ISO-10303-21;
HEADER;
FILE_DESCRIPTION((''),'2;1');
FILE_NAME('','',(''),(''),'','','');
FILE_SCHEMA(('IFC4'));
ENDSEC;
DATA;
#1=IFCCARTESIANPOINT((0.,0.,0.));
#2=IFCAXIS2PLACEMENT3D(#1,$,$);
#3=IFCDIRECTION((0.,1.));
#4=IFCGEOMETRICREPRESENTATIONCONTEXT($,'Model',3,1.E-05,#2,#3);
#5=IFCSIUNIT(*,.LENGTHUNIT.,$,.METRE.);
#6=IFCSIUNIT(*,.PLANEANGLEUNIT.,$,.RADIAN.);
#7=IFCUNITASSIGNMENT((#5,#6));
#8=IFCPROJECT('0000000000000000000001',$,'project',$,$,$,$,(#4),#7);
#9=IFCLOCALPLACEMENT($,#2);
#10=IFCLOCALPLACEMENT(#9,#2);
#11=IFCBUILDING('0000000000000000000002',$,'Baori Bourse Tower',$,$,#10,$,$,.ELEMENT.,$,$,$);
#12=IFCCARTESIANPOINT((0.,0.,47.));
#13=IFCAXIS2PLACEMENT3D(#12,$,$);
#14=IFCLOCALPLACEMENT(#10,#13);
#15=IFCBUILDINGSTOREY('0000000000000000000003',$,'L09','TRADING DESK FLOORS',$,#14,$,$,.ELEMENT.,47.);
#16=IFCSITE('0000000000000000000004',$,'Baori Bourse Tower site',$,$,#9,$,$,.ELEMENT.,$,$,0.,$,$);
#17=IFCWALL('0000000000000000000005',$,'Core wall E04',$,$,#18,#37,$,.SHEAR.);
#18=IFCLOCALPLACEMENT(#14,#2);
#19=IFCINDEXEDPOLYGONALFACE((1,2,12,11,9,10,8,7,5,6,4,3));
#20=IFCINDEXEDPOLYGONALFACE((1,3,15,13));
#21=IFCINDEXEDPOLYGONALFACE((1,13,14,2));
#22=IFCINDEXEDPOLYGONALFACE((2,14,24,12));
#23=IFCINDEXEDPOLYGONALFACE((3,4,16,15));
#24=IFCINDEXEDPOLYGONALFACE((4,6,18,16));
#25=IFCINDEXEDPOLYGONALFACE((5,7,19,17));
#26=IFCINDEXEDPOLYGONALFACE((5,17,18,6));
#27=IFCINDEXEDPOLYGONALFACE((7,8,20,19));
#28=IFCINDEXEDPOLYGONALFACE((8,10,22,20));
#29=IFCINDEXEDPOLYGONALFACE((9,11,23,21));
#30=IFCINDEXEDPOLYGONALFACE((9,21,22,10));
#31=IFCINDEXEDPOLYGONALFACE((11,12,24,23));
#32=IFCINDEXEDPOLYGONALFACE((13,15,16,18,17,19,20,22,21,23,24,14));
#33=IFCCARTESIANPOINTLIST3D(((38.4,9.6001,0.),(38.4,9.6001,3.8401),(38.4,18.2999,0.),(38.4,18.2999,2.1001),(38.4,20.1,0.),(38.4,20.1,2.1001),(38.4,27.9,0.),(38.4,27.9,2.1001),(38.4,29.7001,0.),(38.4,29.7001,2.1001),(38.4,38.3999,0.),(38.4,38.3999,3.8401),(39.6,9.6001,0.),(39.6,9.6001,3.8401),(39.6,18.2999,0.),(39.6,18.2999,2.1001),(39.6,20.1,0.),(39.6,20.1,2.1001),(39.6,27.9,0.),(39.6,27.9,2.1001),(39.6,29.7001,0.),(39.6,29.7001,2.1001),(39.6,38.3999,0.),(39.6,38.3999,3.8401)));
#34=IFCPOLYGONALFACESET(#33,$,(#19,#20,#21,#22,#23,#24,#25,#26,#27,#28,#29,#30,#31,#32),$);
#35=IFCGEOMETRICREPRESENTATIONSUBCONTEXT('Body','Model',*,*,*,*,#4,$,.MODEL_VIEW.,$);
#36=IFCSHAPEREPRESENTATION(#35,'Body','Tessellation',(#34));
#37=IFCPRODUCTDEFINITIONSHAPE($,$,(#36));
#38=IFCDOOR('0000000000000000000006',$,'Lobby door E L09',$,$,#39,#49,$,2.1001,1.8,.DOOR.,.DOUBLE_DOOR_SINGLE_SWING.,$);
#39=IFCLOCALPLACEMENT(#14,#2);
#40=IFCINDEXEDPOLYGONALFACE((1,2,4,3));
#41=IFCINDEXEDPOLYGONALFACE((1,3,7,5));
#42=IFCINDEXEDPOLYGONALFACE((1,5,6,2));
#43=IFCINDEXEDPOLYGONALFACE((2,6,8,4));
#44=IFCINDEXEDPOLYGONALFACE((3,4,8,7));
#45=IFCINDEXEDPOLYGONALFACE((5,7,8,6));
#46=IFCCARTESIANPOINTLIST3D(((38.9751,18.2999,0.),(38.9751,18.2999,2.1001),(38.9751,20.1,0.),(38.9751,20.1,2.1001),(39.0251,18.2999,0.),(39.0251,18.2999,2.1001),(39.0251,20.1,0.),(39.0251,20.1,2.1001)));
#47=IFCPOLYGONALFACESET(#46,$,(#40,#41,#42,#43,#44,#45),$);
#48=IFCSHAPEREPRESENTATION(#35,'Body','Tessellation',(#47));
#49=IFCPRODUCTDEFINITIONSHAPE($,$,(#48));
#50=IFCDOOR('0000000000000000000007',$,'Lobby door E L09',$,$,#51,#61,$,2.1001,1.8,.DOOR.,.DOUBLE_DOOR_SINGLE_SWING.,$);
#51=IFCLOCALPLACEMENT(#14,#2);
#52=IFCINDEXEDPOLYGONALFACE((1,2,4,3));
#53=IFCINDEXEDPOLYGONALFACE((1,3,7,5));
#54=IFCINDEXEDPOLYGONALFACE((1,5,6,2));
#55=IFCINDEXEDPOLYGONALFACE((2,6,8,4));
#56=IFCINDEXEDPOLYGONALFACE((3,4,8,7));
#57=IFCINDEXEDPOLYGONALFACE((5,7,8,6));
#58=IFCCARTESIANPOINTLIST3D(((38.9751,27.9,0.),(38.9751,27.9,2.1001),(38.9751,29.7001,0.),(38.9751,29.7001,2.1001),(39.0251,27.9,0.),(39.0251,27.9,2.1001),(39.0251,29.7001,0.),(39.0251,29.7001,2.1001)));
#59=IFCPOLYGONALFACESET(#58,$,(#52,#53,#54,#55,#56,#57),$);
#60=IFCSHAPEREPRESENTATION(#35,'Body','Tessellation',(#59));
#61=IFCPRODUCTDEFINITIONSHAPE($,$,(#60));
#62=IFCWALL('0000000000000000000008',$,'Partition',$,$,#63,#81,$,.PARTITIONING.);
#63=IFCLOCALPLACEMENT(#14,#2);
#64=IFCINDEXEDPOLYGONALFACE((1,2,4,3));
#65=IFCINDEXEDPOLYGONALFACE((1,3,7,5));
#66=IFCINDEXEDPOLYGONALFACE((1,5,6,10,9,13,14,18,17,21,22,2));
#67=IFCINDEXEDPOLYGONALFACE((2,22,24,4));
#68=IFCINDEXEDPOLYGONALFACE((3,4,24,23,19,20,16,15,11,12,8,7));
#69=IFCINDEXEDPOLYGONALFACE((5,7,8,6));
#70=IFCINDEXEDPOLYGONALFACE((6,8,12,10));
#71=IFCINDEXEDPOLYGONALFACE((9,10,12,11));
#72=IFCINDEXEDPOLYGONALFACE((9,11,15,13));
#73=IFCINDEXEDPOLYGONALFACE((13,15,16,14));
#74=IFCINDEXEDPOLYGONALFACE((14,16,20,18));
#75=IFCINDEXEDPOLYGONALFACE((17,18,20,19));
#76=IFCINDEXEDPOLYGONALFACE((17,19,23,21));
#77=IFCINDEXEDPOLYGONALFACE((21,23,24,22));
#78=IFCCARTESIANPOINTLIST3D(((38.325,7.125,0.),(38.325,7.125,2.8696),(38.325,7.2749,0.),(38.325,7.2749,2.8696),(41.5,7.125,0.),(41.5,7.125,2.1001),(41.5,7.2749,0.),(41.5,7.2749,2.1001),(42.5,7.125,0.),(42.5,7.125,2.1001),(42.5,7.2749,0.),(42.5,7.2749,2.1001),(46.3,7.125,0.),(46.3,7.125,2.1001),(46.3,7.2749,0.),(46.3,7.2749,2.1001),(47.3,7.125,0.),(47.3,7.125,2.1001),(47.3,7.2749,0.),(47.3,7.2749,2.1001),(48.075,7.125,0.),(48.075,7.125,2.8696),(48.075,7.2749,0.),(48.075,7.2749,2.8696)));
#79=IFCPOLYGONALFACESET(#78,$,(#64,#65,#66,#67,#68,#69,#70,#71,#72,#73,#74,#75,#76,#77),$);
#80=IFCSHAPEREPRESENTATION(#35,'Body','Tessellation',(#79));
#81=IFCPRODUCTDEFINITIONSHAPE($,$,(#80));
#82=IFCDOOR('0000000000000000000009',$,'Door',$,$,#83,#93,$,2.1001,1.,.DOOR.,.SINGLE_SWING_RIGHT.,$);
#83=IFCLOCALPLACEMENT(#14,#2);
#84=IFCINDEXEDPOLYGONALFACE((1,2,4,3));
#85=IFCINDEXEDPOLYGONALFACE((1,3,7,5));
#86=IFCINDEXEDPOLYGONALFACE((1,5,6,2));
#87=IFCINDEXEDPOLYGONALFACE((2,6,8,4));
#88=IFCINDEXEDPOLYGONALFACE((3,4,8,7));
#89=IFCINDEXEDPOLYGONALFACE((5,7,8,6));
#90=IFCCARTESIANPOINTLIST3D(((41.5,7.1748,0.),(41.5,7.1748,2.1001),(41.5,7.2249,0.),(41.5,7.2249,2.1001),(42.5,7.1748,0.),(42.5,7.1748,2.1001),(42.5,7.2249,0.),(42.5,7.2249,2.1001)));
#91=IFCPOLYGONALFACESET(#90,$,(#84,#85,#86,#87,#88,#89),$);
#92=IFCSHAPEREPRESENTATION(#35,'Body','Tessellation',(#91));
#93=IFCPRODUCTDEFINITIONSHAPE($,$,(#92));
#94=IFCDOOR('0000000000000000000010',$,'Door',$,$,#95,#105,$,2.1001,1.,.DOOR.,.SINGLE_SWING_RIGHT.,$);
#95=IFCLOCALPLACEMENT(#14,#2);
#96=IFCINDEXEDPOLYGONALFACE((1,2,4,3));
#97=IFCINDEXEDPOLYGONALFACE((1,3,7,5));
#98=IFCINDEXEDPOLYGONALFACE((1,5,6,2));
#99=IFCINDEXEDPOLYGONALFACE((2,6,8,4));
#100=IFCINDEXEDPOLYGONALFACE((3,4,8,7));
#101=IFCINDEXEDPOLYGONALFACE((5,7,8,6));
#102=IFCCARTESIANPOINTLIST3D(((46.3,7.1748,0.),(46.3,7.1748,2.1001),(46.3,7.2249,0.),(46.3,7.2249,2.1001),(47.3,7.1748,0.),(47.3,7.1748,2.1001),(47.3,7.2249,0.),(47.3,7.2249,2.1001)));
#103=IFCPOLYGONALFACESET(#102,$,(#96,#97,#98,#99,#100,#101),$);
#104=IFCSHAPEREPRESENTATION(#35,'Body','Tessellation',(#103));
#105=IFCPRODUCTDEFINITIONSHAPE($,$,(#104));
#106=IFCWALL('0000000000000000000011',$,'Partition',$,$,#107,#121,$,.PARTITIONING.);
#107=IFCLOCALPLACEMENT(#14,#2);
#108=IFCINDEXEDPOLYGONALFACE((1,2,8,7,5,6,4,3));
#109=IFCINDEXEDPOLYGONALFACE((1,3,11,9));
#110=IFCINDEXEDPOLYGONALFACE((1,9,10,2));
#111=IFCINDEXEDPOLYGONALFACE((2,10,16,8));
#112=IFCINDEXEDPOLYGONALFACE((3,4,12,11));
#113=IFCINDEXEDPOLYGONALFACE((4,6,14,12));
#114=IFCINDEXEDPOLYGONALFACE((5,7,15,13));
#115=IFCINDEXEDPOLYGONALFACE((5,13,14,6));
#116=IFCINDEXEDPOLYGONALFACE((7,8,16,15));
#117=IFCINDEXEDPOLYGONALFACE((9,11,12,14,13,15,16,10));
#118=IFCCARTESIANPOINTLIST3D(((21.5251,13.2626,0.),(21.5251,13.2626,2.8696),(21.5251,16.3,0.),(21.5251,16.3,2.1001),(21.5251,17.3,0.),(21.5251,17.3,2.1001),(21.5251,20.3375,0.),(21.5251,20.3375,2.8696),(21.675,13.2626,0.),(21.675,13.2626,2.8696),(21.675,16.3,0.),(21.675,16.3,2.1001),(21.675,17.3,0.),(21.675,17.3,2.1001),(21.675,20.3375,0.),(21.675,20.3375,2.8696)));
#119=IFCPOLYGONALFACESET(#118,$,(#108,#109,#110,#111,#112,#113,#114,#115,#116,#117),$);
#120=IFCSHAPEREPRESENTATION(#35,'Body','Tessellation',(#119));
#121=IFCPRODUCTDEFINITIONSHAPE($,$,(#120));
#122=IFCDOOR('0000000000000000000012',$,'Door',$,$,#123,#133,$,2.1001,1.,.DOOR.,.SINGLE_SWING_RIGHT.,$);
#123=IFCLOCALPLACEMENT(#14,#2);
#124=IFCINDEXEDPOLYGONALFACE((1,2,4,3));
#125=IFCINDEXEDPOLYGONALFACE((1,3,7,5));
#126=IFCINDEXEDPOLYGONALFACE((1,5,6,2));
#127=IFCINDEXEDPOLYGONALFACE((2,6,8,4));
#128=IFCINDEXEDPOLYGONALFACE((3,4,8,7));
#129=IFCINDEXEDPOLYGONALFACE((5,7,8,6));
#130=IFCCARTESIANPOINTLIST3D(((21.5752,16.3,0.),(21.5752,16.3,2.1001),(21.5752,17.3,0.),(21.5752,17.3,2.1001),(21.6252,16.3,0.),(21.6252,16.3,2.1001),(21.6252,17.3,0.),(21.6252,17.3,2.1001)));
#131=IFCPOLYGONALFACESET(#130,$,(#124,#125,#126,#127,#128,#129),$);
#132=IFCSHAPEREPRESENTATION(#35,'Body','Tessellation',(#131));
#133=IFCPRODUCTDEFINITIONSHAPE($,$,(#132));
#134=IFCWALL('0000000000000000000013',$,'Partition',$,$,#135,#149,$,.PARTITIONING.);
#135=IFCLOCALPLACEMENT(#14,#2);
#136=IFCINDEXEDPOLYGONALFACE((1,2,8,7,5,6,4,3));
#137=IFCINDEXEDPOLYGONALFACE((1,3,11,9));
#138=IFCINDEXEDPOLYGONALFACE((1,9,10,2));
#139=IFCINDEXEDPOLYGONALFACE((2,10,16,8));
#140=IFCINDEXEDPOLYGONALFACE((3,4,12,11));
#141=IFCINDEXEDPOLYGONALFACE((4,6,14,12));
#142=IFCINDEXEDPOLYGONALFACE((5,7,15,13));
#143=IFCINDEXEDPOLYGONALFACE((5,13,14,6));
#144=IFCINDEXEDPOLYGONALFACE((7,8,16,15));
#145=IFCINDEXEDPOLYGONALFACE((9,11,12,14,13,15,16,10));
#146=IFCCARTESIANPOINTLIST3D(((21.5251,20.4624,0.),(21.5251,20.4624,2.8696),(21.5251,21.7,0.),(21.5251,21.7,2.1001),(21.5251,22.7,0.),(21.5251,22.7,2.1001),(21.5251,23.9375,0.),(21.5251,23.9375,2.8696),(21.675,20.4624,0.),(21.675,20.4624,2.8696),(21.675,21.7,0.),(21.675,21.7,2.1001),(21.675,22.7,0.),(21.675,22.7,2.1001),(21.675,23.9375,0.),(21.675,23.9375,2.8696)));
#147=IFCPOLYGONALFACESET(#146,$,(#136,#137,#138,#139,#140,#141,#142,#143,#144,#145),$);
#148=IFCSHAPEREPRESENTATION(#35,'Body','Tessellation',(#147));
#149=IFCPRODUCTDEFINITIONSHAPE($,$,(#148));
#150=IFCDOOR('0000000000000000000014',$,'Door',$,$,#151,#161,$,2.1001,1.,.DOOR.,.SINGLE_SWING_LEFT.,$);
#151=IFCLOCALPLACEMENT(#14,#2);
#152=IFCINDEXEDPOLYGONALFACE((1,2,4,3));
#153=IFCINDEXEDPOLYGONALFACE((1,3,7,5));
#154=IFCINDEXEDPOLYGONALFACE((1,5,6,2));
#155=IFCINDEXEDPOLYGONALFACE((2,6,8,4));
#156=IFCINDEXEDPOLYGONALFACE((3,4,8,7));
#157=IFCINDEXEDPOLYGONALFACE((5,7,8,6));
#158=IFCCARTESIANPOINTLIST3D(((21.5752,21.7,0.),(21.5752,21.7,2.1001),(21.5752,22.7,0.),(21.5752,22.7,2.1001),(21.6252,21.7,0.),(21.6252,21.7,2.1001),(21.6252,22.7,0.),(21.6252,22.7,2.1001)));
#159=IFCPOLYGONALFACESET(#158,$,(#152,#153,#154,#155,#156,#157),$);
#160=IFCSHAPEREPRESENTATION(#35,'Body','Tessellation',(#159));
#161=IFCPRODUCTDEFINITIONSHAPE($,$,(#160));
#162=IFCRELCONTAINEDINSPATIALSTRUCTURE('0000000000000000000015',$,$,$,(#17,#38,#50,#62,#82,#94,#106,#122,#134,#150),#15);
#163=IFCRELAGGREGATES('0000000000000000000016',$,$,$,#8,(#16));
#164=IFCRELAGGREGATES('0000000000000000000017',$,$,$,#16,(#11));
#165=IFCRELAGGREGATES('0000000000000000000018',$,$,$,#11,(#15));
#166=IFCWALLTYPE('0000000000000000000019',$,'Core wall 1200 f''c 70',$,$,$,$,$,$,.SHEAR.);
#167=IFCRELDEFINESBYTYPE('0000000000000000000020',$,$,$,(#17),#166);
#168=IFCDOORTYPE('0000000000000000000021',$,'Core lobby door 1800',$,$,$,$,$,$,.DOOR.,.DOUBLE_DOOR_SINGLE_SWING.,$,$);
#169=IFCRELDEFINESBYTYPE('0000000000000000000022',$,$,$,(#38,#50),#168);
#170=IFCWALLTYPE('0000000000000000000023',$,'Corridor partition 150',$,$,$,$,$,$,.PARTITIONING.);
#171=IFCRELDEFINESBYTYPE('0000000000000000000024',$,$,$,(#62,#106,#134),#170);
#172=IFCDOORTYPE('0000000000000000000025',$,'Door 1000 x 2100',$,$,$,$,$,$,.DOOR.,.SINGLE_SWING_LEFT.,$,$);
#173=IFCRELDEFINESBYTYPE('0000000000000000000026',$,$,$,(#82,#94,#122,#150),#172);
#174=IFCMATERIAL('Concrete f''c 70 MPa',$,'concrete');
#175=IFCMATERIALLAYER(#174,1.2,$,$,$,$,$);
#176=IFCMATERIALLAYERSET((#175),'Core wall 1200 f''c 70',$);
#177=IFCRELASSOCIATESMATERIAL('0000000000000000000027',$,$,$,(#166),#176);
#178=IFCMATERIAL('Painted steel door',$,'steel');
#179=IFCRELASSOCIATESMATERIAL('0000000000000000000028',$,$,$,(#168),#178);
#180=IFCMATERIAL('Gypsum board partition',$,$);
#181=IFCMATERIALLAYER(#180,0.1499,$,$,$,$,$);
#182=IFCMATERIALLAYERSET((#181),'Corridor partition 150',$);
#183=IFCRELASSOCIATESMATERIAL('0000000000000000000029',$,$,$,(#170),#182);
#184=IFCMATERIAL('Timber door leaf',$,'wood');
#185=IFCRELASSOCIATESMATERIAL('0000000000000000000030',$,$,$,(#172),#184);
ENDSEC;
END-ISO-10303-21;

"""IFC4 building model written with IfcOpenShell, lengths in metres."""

from ifc_helpers import new_model, si_unit, direction, frame, frame_2d, origin, place, context, subcontext, project, spatial, rectangle, extrude, material, layer, layer_set, type_object, element, fill, save


model = new_model("IFC4")

# Units and contexts
model_context = context("Model", 3, precision=1e-05, world=origin(), true_north=direction((0.0, 1.0)))
body_context = subcontext(model_context, "Body", "Model", "MODEL_VIEW")
ifc_project = project(units=[si_unit("LENGTHUNIT", "METRE"), si_unit("PLANEANGLEUNIT", "RADIAN")], contexts=[model_context])

# Site, building, storey
site_placement = place(None, origin())
site = spatial("IfcSite", under=ifc_project, at=site_placement, Name="Baori Bourse Tower site", CompositionType="ELEMENT", RefElevation=0.0)
building_placement = place(site_placement, origin())
building = spatial("IfcBuilding", under=site, at=building_placement, Name="Baori Bourse Tower", CompositionType="ELEMENT")
storey_placement = place(building_placement, frame((0.0, 0.0, 47.0)))
storey = spatial("IfcBuildingStorey", under=building, at=storey_placement, Name="L09", Description="TRADING DESK FLOORS", CompositionType="ELEMENT", Elevation=47.0)

# Walls, openings, doors
ifc_material_1 = material(Name="Concrete f'c 70 MPa", Category="concrete")
ifc_layer_1 = layer(ifc_material_1, 1.2)
ifc_layer_set_1 = layer_set([ifc_layer_1], Name="Core wall 1200 f'c 70")
wall_type_1 = type_object("IfcWallType", Name="Core wall 1200 f'c 70", PredefinedType="SHEAR", material=ifc_layer_set_1)
wall_1_placement = place(storey_placement, frame((39.0, 9.6001, 0.0), z_axis=(0.0, 0.0, 1.0), x_axis=(0.0, 1.0, 0.0)))
wall_1 = element("IfcWall", 1, at=wall_1_placement, inside=storey, type_object=wall_type_1, Name="Core wall E04", PredefinedType="SHEAR", context=body_context, shape_type="SweptSolid", body=[
    extrude(rectangle(XDim=28.7998, YDim=1.2, at=frame_2d((14.3999, 0.0))), origin(), (0.0, 0.0, 1.0), 3.8401),
])
opening_1_placement = place(wall_1_placement, frame((8.7, 0.0, 0.0)))
opening_1 = element("IfcOpeningElement", 2, at=opening_1_placement, cuts=wall_1, PredefinedType="OPENING", context=body_context, shape_type="SweptSolid", body=[
    extrude(rectangle(XDim=1.8, YDim=2.1001, at=frame_2d((0.8999, 1.05))), frame((0.0, 0.6099, 0.0), z_axis=(0.0, -1.0, 0.0), x_axis=(1.0, 0.0, 0.0)), (0.0, 0.0, 1.0), 1.22),
])
opening_2_placement = place(wall_1_placement, frame((18.3, 0.0, 0.0)))
opening_2 = element("IfcOpeningElement", 3, at=opening_2_placement, cuts=wall_1, PredefinedType="OPENING", context=body_context, shape_type="SweptSolid", body=[
    extrude(rectangle(XDim=1.8, YDim=2.1001, at=frame_2d((0.8999, 1.05))), frame((0.0, 0.6099, 0.0), z_axis=(0.0, -1.0, 0.0), x_axis=(1.0, 0.0, 0.0)), (0.0, 0.0, 1.0), 1.22),
])
ifc_material_2 = material(Name="Painted steel door", Category="steel")
door_type_1 = type_object("IfcDoorType", Name="Core lobby door 1800", OperationType="DOUBLE_DOOR_SINGLE_SWING", PredefinedType="DOOR", material=ifc_material_2)
door_1_placement = place(opening_1_placement, origin())
door_1 = element("IfcDoor", 4, at=door_1_placement, inside=storey, type_object=door_type_1, Name="Lobby door E L09", OperationType="DOUBLE_DOOR_SINGLE_SWING", OverallHeight=2.1001, OverallWidth=1.8, PredefinedType="DOOR", context=body_context, shape_type="SweptSolid", body=[
    extrude(rectangle(XDim=1.8, YDim=2.1001, at=frame_2d((0.8999, 1.05))), frame((0.0, 0.0249, 0.0), z_axis=(0.0, -1.0, 0.0), x_axis=(1.0, 0.0, 0.0)), (0.0, 0.0, 1.0), 0.05),
])
fill(opening_1, door_1)
door_2_placement = place(opening_2_placement, origin())
door_2 = element("IfcDoor", 5, at=door_2_placement, inside=storey, type_object=door_type_1, Name="Lobby door E L09", OperationType="DOUBLE_DOOR_SINGLE_SWING", OverallHeight=2.1001, OverallWidth=1.8, PredefinedType="DOOR", context=body_context, shape_type="SweptSolid", body=[
    extrude(rectangle(XDim=1.8, YDim=2.1001, at=frame_2d((0.8999, 1.05))), frame((0.0, 0.0249, 0.0), z_axis=(0.0, -1.0, 0.0), x_axis=(1.0, 0.0, 0.0)), (0.0, 0.0, 1.0), 0.05),
])
fill(opening_2, door_2)
ifc_material_3 = material(Name="Gypsum board partition")
ifc_layer_2 = layer(ifc_material_3, 0.1499)
ifc_layer_set_2 = layer_set([ifc_layer_2], Name="Corridor partition 150")
wall_type_2 = type_object("IfcWallType", Name="Corridor partition 150", PredefinedType="PARTITIONING", material=ifc_layer_set_2)
wall_2_placement = place(storey_placement, frame((38.325, 7.2, 0.0), z_axis=(0.0, 0.0, 1.0), x_axis=(1.0, 0.0, 0.0)))
wall_2 = element("IfcWall", 6, at=wall_2_placement, inside=storey, type_object=wall_type_2, Name="Partition", PredefinedType="PARTITIONING", context=body_context, shape_type="SweptSolid", body=[
    extrude(rectangle(XDim=9.75, YDim=0.1499, at=frame_2d((4.875, 0.0))), origin(), (0.0, 0.0, 1.0), 2.8696),
])
opening_3_placement = place(wall_2_placement, frame((3.175, 0.0, 0.0)))
opening_3 = element("IfcOpeningElement", 7, at=opening_3_placement, cuts=wall_2, PredefinedType="OPENING", context=body_context, shape_type="SweptSolid", body=[
    extrude(rectangle(XDim=1.0, YDim=2.1001, at=frame_2d((0.5, 1.05))), frame((0.0, 0.085, 0.0), z_axis=(0.0, -1.0, 0.0), x_axis=(1.0, 0.0, 0.0)), (0.0, 0.0, 1.0), 0.1699),
])
opening_4_placement = place(wall_2_placement, frame((7.9751, 0.0, 0.0)))
opening_4 = element("IfcOpeningElement", 8, at=opening_4_placement, cuts=wall_2, PredefinedType="OPENING", context=body_context, shape_type="SweptSolid", body=[
    extrude(rectangle(XDim=1.0, YDim=2.1001, at=frame_2d((0.5, 1.05))), frame((0.0, 0.085, 0.0), z_axis=(0.0, -1.0, 0.0), x_axis=(1.0, 0.0, 0.0)), (0.0, 0.0, 1.0), 0.1699),
])
ifc_material_4 = material(Name="Timber door leaf", Category="wood")
door_type_2 = type_object("IfcDoorType", Name="Door 1000 x 2100", OperationType="SINGLE_SWING_LEFT", PredefinedType="DOOR", material=ifc_material_4)
door_3_placement = place(opening_3_placement, origin())
door_3 = element("IfcDoor", 9, at=door_3_placement, inside=storey, type_object=door_type_2, Name="Door", OperationType="SINGLE_SWING_RIGHT", OverallHeight=2.1001, OverallWidth=1.0, PredefinedType="DOOR", context=body_context, shape_type="SweptSolid", body=[
    extrude(rectangle(XDim=1.0, YDim=2.1001, at=frame_2d((0.5, 1.05))), frame((0.0, 0.0249, 0.0), z_axis=(0.0, -1.0, 0.0), x_axis=(1.0, 0.0, 0.0)), (0.0, 0.0, 1.0), 0.05),
])
fill(opening_3, door_3)
door_4_placement = place(opening_4_placement, origin())
door_4 = element("IfcDoor", 10, at=door_4_placement, inside=storey, type_object=door_type_2, Name="Door", OperationType="SINGLE_SWING_RIGHT", OverallHeight=2.1001, OverallWidth=1.0, PredefinedType="DOOR", context=body_context, shape_type="SweptSolid", body=[
    extrude(rectangle(XDim=1.0, YDim=2.1001, at=frame_2d((0.5, 1.05))), frame((0.0, 0.0249, 0.0), z_axis=(0.0, -1.0, 0.0), x_axis=(1.0, 0.0, 0.0)), (0.0, 0.0, 1.0), 0.05),
])
fill(opening_4, door_4)

# Walls, openings, doors
wall_3_placement = place(storey_placement, frame((21.6001, 13.2625, 0.0), z_axis=(0.0, 0.0, 1.0), x_axis=(0.0, 1.0, 0.0)))
wall_3 = element("IfcWall", 11, at=wall_3_placement, inside=storey, type_object=wall_type_2, Name="Partition", PredefinedType="PARTITIONING", context=body_context, shape_type="SweptSolid", body=[
    extrude(rectangle(XDim=7.075, YDim=0.1499, at=frame_2d((3.5376, 0.0))), origin(), (0.0, 0.0, 1.0), 2.8696),
])
opening_5_placement = place(wall_3_placement, frame((3.0376, 0.0, 0.0)))
opening_5 = element("IfcOpeningElement", 12, at=opening_5_placement, cuts=wall_3, PredefinedType="OPENING", context=body_context, shape_type="SweptSolid", body=[
    extrude(rectangle(XDim=1.0, YDim=2.1001, at=frame_2d((0.5, 1.05))), frame((0.0, 0.085, 0.0), z_axis=(0.0, -1.0, 0.0), x_axis=(1.0, 0.0, 0.0)), (0.0, 0.0, 1.0), 0.1699),
])
door_5_placement = place(opening_5_placement, origin())
door_5 = element("IfcDoor", 13, at=door_5_placement, inside=storey, type_object=door_type_2, Name="Door", OperationType="SINGLE_SWING_RIGHT", OverallHeight=2.1001, OverallWidth=1.0, PredefinedType="DOOR", context=body_context, shape_type="SweptSolid", body=[
    extrude(rectangle(XDim=1.0, YDim=2.1001, at=frame_2d((0.5, 1.05))), frame((0.0, 0.0249, 0.0), z_axis=(0.0, -1.0, 0.0), x_axis=(1.0, 0.0, 0.0)), (0.0, 0.0, 1.0), 0.05),
])
fill(opening_5, door_5)
wall_4_placement = place(storey_placement, frame((21.6001, 20.4624, 0.0), z_axis=(0.0, 0.0, 1.0), x_axis=(0.0, 1.0, 0.0)))
wall_4 = element("IfcWall", 14, at=wall_4_placement, inside=storey, type_object=wall_type_2, Name="Partition", PredefinedType="PARTITIONING", context=body_context, shape_type="SweptSolid", body=[
    extrude(rectangle(XDim=3.4751, YDim=0.1499, at=frame_2d((1.7375, 0.0))), origin(), (0.0, 0.0, 1.0), 2.8696),
])
opening_6_placement = place(wall_4_placement, frame((1.2375, 0.0, 0.0)))
opening_6 = element("IfcOpeningElement", 15, at=opening_6_placement, cuts=wall_4, PredefinedType="OPENING", context=body_context, shape_type="SweptSolid", body=[
    extrude(rectangle(XDim=1.0, YDim=2.1001, at=frame_2d((0.5, 1.05))), frame((0.0, 0.085, 0.0), z_axis=(0.0, -1.0, 0.0), x_axis=(1.0, 0.0, 0.0)), (0.0, 0.0, 1.0), 0.1699),
])
door_6_placement = place(opening_6_placement, origin())
door_6 = element("IfcDoor", 16, at=door_6_placement, inside=storey, type_object=door_type_2, Name="Door", OperationType="SINGLE_SWING_LEFT", OverallHeight=2.1001, OverallWidth=1.0, PredefinedType="DOOR", context=body_context, shape_type="SweptSolid", body=[
    extrude(rectangle(XDim=1.0, YDim=2.1001, at=frame_2d((0.5, 1.05))), frame((0.0, 0.0249, 0.0), z_axis=(0.0, -1.0, 0.0), x_axis=(1.0, 0.0, 0.0)), (0.0, 0.0, 1.0), 0.05),
])
fill(opening_6, door_6)

save(model, "model.ifc")
